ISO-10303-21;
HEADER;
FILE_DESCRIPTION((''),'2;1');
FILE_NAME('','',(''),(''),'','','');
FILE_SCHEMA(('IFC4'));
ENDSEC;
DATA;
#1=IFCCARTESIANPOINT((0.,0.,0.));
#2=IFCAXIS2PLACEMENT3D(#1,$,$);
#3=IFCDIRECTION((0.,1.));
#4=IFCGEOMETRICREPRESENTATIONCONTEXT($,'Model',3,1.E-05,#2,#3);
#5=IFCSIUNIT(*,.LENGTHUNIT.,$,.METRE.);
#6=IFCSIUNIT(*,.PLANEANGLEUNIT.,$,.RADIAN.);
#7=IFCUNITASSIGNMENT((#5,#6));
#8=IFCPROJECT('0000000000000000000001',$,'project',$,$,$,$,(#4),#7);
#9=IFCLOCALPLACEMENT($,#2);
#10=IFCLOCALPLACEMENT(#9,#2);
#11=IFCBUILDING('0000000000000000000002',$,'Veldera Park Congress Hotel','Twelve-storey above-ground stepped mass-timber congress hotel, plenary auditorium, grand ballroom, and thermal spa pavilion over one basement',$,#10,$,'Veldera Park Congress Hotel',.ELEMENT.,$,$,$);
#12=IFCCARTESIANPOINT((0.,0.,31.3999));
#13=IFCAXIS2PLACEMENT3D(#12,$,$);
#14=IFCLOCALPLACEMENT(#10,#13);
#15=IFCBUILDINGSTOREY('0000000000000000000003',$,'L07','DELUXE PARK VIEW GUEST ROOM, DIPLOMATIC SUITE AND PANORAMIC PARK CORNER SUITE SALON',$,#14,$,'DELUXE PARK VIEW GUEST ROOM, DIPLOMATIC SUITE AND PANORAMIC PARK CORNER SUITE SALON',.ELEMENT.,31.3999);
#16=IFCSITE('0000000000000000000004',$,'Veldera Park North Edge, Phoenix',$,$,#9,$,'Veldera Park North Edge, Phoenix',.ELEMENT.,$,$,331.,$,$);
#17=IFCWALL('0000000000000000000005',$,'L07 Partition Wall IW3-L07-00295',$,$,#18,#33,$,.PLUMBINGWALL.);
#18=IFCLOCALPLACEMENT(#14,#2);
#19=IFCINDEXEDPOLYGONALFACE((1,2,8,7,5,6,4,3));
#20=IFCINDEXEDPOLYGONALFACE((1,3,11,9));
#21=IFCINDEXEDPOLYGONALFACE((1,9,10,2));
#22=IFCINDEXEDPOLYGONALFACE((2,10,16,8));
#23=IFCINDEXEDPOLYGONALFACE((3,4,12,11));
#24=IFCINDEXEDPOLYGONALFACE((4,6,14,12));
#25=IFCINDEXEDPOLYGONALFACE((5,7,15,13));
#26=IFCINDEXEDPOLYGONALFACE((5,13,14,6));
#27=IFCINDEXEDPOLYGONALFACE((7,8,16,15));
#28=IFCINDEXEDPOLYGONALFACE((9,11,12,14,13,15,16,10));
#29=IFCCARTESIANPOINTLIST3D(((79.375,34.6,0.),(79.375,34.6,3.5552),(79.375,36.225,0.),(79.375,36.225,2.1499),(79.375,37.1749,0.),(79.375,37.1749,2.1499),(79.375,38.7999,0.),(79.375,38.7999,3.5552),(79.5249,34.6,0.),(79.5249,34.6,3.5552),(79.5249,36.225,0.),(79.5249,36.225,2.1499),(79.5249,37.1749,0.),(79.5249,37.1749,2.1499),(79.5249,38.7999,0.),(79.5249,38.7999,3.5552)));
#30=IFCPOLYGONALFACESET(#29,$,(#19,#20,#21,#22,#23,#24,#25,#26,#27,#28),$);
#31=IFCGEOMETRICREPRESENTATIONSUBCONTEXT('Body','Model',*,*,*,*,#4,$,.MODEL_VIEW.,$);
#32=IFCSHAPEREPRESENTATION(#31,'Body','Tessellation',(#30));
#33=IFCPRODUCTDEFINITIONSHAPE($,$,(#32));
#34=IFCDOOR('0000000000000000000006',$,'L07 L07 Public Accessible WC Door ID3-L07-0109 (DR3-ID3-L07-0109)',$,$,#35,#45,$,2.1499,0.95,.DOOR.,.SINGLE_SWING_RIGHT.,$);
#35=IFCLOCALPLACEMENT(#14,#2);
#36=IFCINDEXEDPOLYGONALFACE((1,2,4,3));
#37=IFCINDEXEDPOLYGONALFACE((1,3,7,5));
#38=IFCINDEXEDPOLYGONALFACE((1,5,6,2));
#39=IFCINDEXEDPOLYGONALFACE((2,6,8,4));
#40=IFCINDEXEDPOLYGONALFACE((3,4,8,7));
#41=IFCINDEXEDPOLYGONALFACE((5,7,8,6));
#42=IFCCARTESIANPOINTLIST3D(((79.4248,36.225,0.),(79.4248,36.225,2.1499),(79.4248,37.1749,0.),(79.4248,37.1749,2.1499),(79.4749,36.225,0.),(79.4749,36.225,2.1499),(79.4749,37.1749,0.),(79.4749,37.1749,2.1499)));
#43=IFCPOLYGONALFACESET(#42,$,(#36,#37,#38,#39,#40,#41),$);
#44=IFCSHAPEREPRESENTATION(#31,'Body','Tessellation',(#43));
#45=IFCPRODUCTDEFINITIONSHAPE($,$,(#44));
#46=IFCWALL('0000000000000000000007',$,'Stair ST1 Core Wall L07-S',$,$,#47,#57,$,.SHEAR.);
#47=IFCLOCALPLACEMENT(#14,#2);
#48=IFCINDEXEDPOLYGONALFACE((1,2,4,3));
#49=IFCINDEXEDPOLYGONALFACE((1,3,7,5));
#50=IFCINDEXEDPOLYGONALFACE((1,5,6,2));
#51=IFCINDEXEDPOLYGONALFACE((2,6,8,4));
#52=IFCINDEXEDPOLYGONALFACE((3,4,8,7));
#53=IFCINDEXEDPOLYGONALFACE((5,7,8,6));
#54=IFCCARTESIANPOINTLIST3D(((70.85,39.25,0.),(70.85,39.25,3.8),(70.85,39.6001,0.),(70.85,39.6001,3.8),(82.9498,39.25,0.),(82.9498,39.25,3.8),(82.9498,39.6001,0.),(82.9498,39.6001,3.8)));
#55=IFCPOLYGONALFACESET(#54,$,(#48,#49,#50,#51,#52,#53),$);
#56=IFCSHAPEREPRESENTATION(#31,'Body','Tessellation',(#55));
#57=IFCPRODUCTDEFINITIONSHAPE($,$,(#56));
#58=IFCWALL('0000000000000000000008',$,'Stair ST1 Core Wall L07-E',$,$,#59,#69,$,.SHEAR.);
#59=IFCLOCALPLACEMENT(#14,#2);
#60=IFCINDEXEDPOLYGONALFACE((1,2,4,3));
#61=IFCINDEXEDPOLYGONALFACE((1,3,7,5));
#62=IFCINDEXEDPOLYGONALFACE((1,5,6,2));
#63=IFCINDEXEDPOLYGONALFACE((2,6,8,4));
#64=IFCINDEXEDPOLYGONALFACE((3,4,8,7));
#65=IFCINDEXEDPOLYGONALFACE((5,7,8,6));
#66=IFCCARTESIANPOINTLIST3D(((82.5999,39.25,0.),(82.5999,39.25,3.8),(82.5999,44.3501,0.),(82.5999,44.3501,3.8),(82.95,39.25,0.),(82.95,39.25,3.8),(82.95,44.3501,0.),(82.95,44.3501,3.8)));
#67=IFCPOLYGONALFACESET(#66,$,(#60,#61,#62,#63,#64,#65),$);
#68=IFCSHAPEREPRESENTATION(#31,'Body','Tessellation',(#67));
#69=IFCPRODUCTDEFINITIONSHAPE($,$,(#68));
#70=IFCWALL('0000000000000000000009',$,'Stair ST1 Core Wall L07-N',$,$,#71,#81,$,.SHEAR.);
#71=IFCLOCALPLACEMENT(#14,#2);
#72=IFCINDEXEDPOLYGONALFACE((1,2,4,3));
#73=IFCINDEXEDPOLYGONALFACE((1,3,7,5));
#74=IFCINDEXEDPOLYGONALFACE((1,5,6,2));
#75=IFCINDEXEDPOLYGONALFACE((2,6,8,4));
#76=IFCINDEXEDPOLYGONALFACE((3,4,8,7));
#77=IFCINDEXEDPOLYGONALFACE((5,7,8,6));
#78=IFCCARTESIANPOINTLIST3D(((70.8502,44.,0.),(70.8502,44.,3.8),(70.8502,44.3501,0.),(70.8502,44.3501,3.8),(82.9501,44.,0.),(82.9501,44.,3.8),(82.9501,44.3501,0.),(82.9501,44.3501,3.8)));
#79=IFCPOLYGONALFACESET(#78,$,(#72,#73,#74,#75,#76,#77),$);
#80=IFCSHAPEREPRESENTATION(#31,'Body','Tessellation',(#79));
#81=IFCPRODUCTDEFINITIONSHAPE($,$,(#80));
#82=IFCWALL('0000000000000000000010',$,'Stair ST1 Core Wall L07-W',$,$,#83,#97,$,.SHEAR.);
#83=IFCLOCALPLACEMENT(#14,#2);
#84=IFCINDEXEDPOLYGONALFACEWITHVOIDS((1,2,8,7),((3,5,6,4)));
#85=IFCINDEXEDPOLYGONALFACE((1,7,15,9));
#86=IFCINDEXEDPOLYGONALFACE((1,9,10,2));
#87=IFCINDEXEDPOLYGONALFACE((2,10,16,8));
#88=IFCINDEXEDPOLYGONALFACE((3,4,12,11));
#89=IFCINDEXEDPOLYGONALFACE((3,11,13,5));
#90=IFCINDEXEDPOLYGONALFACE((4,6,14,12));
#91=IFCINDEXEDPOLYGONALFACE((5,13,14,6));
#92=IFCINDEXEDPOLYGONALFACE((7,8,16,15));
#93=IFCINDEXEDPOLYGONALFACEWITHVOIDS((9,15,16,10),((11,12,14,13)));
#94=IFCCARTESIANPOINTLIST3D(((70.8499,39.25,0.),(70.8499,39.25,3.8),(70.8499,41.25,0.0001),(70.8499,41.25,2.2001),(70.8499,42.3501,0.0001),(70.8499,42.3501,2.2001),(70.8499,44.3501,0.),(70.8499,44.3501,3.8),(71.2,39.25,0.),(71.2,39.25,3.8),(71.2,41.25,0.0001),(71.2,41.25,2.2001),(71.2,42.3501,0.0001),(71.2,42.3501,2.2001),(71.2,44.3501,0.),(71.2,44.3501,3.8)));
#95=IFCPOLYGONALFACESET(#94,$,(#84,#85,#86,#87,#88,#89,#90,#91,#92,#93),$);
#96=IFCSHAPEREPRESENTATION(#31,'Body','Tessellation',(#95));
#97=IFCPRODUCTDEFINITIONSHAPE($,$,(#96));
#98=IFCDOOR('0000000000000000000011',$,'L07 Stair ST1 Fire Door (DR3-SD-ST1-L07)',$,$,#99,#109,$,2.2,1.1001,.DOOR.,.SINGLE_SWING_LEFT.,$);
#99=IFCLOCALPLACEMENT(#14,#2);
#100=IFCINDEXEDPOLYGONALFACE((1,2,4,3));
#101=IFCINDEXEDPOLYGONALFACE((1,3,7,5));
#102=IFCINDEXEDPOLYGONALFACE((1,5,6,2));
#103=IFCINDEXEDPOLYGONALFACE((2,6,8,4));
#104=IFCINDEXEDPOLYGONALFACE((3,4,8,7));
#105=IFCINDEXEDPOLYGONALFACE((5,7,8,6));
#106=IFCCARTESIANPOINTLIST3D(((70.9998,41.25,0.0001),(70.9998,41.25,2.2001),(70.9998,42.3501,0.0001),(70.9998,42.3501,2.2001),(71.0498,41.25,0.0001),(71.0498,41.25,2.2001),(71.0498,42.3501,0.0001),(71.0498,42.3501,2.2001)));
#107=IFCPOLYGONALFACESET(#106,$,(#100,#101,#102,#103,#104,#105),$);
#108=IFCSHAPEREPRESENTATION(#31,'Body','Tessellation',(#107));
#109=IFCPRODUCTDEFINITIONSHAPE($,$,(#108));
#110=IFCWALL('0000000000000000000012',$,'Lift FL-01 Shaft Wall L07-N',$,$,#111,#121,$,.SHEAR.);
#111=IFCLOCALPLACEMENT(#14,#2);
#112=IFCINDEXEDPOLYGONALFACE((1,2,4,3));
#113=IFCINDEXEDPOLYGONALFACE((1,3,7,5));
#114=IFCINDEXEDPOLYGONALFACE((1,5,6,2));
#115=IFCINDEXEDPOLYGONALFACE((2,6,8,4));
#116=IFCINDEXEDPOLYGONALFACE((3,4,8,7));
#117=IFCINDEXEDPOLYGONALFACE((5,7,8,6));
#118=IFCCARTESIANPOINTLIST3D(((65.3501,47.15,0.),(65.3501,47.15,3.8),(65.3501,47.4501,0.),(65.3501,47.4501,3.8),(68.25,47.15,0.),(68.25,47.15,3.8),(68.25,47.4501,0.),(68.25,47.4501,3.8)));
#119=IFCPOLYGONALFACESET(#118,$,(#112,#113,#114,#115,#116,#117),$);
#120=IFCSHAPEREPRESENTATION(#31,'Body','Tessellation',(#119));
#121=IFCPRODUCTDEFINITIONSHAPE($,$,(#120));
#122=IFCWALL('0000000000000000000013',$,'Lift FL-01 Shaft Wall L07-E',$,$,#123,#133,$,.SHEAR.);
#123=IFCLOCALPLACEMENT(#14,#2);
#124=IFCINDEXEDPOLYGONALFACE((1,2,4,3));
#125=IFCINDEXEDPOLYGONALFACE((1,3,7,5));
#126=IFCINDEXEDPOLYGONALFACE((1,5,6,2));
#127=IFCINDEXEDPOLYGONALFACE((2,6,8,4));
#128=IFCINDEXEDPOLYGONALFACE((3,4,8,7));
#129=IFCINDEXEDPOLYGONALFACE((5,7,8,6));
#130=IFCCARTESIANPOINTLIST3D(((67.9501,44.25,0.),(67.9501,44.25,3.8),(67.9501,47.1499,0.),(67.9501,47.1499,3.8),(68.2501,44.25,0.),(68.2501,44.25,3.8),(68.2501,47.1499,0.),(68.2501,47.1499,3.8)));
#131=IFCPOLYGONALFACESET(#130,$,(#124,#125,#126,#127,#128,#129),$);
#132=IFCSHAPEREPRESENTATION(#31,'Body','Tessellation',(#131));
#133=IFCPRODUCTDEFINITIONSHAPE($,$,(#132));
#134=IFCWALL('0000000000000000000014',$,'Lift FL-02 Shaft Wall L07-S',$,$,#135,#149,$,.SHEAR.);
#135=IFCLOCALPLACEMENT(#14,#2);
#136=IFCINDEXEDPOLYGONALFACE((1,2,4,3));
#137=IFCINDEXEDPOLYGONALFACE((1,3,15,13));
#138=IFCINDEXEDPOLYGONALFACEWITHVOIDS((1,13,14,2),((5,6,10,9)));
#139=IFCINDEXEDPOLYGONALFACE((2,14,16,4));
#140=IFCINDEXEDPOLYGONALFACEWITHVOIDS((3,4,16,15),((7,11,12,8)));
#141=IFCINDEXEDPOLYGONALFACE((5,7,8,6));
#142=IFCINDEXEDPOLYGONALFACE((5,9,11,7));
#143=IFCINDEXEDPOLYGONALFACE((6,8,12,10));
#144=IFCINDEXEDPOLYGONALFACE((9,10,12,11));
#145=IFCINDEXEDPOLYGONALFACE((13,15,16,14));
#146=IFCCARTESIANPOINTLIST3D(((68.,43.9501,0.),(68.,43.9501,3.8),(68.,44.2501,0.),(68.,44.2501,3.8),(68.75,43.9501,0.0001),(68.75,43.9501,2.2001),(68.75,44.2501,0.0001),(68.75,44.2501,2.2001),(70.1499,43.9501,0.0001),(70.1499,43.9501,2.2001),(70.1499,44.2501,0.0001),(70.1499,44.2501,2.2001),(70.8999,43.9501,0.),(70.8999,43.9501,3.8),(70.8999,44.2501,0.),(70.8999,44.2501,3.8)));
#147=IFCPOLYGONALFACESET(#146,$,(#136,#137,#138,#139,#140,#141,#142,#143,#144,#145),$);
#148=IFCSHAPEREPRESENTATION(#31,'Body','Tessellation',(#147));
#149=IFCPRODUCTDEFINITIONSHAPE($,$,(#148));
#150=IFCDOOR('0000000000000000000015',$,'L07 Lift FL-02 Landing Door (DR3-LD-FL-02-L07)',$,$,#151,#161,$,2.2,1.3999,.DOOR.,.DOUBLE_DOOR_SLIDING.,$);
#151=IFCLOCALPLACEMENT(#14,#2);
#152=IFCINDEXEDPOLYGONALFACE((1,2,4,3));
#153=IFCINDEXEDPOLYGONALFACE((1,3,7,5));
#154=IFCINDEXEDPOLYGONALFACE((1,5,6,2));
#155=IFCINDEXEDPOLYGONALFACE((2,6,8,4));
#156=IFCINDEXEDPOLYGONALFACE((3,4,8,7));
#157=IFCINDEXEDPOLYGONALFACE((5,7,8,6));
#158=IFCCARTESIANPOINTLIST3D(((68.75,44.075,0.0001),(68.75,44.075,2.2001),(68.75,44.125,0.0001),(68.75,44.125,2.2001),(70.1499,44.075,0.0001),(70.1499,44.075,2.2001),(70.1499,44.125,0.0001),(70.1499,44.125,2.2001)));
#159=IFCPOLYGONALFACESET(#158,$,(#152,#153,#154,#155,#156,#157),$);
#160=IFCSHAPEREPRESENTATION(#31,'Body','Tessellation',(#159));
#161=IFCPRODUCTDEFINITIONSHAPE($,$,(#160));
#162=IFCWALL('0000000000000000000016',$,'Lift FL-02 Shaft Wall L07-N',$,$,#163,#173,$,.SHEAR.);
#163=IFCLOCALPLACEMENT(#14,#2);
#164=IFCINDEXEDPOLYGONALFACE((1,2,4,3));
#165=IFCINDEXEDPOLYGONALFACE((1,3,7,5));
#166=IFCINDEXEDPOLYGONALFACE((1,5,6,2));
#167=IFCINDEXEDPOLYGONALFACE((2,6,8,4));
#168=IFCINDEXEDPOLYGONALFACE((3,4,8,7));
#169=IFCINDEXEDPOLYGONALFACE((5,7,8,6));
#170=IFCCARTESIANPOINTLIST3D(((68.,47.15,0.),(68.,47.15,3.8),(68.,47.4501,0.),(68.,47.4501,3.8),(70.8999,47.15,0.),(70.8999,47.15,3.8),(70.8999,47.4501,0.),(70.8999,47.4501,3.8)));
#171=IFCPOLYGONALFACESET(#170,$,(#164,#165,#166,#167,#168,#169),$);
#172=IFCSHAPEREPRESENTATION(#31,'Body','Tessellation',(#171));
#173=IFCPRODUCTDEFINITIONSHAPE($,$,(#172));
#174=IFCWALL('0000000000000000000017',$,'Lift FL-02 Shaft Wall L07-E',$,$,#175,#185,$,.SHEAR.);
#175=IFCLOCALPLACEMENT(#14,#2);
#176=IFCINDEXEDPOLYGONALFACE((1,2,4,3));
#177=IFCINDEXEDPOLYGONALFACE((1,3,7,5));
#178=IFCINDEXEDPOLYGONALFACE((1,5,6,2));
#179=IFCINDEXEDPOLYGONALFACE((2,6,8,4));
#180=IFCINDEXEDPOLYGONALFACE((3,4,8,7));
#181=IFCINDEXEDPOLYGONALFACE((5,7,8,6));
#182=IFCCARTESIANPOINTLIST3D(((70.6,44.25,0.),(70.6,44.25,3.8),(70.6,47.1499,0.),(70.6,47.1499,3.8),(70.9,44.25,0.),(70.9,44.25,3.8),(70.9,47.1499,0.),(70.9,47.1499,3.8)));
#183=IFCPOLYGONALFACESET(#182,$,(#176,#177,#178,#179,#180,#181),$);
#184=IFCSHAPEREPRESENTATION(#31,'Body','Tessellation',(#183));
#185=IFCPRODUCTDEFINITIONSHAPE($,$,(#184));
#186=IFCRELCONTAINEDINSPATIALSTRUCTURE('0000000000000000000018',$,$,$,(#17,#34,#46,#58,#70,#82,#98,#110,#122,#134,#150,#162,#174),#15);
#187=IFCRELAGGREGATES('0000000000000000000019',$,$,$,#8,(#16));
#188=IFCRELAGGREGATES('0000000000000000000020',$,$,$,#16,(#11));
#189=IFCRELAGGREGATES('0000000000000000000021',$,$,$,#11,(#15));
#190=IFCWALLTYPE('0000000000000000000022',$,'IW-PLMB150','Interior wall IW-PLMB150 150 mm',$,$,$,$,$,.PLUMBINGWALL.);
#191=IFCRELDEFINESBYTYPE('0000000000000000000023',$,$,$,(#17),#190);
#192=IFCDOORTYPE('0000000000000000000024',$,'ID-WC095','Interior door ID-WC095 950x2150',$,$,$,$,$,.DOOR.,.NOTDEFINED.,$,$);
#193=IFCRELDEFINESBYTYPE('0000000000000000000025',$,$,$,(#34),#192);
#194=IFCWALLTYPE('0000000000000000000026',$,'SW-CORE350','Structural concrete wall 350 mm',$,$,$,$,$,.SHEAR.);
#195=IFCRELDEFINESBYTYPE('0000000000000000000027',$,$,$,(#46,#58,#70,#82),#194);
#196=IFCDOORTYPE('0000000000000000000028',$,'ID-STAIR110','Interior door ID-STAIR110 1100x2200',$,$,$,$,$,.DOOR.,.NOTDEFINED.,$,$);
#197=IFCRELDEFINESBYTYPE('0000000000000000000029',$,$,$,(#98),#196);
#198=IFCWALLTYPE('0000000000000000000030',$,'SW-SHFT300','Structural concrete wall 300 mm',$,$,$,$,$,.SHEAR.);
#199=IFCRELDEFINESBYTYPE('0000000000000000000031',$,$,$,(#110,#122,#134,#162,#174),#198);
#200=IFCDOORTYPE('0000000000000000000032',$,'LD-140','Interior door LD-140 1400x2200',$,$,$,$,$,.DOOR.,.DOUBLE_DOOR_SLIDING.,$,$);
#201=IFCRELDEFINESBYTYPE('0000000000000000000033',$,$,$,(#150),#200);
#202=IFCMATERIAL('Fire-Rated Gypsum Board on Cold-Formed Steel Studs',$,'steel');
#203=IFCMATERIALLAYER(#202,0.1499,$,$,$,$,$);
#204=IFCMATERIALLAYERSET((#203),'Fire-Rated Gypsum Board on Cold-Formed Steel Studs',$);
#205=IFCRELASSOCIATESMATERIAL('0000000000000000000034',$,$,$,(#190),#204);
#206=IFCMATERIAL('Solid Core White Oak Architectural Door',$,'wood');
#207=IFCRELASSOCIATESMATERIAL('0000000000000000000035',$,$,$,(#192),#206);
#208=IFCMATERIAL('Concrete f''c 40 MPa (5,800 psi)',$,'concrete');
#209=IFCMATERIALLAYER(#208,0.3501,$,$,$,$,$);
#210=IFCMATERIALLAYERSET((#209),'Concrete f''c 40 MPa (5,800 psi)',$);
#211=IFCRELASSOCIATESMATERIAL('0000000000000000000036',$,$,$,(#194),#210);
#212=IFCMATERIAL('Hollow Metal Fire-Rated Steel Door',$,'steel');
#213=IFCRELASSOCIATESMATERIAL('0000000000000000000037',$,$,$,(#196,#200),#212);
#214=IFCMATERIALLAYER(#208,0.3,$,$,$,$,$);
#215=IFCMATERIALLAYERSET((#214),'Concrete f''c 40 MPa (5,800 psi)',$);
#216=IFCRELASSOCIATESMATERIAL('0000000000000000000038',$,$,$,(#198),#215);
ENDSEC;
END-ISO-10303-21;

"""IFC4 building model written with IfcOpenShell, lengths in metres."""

from ifc_helpers import new_model, si_unit, direction, frame, frame_2d, origin, place, context, subcontext, project, spatial, rectangle, extrude, material, layer, layer_set, type_object, element, fill, save


model = new_model("IFC4")

# Units and contexts
model_context = context("Model", 3, precision=1e-05, world=origin(), true_north=direction((0.0, 1.0)))
body_context = subcontext(model_context, "Body", "Model", "MODEL_VIEW")
ifc_project = project(units=[si_unit("LENGTHUNIT", "METRE"), si_unit("PLANEANGLEUNIT", "RADIAN")], contexts=[model_context])

# Site, building, storey
site_placement = place(None, origin())
site = spatial("IfcSite", under=ifc_project, at=site_placement, Name="Veldera Park North Edge, Phoenix", LongName="Veldera Park North Edge, Phoenix", CompositionType="ELEMENT", RefElevation=331.0)
building_placement = place(site_placement, origin())
building = spatial("IfcBuilding", under=site, at=building_placement, Name="Veldera Park Congress Hotel", Description="Twelve-storey above-ground stepped mass-timber congress hotel, plenary auditorium, grand ballroom, and thermal spa pavilion over one basement", LongName="Veldera Park Congress Hotel", CompositionType="ELEMENT")
storey_placement = place(building_placement, frame((0.0, 0.0, 31.3999)))
storey = spatial("IfcBuildingStorey", under=building, at=storey_placement, Name="L07", Description="DELUXE PARK VIEW GUEST ROOM, DIPLOMATIC SUITE AND PANORAMIC PARK CORNER SUITE SALON", LongName="DELUXE PARK VIEW GUEST ROOM, DIPLOMATIC SUITE AND PANORAMIC PARK CORNER SUITE SALON", CompositionType="ELEMENT", Elevation=31.3999)

# Shared definitions
ifc_material_1 = material(Name="Fire-Rated Gypsum Board on Cold-Formed Steel Studs", Category="steel")
ifc_layer_1 = layer(ifc_material_1, 0.1499)
ifc_layer_set_1 = layer_set([ifc_layer_1], Name="Fire-Rated Gypsum Board on Cold-Formed Steel Studs")
wall_type_1 = type_object("IfcWallType", Name="IW-PLMB150", Description="Interior wall IW-PLMB150 150 mm", PredefinedType="PLUMBINGWALL", material=ifc_layer_set_1)

# Wall, opening, door
wall_1_placement = place(storey_placement, frame((79.45, 38.8, 0.0), z_axis=(0.0, 0.0, 1.0), x_axis=(0.0, -1.0, 0.0)))
wall_1 = element("IfcWall", 1, at=wall_1_placement, inside=storey, type_object=wall_type_1, Name="L07 Partition Wall IW3-L07-00295", PredefinedType="PLUMBINGWALL", context=body_context, shape_type="SweptSolid", body=[
    extrude(rectangle(XDim=4.2, YDim=0.1499, at=frame_2d((2.1001, 0.0))), origin(), (0.0, 0.0, 1.0), 3.5552),
])
opening_1_placement = place(wall_1_placement, frame((1.625, 0.0, 0.0)))
opening_1 = element("IfcOpeningElement", 2, at=opening_1_placement, cuts=wall_1, PredefinedType="OPENING", context=body_context, shape_type="SweptSolid", body=[
    extrude(rectangle(XDim=0.95, YDim=2.1499, at=frame_2d((0.4751, 1.075))), frame((0.0, 0.0869, 0.0), z_axis=(0.0, -1.0, 0.0), x_axis=(1.0, 0.0, 0.0)), (0.0, 0.0, 1.0), 0.1738),
])
ifc_material_2 = material(Name="Solid Core White Oak Architectural Door", Category="wood")
door_type_1 = type_object("IfcDoorType", Name="ID-WC095", Description="Interior door ID-WC095 950x2150", OperationType="NOTDEFINED", PredefinedType="DOOR", material=ifc_material_2)
door_1_placement = place(opening_1_placement, origin())
door_1 = element("IfcDoor", 3, at=door_1_placement, inside=storey, type_object=door_type_1, Name="L07 L07 Public Accessible WC Door ID3-L07-0109 (DR3-ID3-L07-0109)", OperationType="SINGLE_SWING_RIGHT", OverallHeight=2.1499, OverallWidth=0.95, PredefinedType="DOOR", context=body_context, shape_type="SweptSolid", body=[
    extrude(rectangle(XDim=0.95, YDim=2.1499, at=frame_2d((0.4751, 1.075))), frame((0.0, 0.0249, 0.0), z_axis=(0.0, -1.0, 0.0), x_axis=(1.0, 0.0, 0.0)), (0.0, 0.0, 1.0), 0.05),
])
fill(opening_1, door_1)

# Walls
ifc_material_3 = material(Name="Concrete f'c 40 MPa (5,800 psi)", Category="concrete")
ifc_layer_2 = layer(ifc_material_3, 0.3501)
ifc_layer_set_2 = layer_set([ifc_layer_2], Name="Concrete f'c 40 MPa (5,800 psi)")
wall_type_2 = type_object("IfcWallType", Name="SW-CORE350", Description="Structural concrete wall 350 mm", PredefinedType="SHEAR", material=ifc_layer_set_2)
wall_2_placement = place(storey_placement, frame((70.8501, 39.425, 0.0), z_axis=(0.0, 0.0, 1.0), x_axis=(1.0, 0.0, 0.0)))
element("IfcWall", 4, at=wall_2_placement, inside=storey, type_object=wall_type_2, Name="Stair ST1 Core Wall L07-S", PredefinedType="SHEAR", context=body_context, shape_type="SweptSolid", body=[
    extrude(rectangle(XDim=12.0999, YDim=0.3501, at=frame_2d((6.0498, 0.0))), origin(), (0.0, 0.0, 1.0), 3.8),
])
wall_3_placement = place(storey_placement, frame((82.7749, 39.25, 0.0), z_axis=(0.0, 0.0, 1.0), x_axis=(0.0, 1.0, 0.0)))
element("IfcWall", 5, at=wall_3_placement, inside=storey, type_object=wall_type_2, Name="Stair ST1 Core Wall L07-E", PredefinedType="SHEAR", context=body_context, shape_type="SweptSolid", body=[
    extrude(rectangle(XDim=5.1001, YDim=0.3501, at=frame_2d((2.55, 0.0))), origin(), (0.0, 0.0, 1.0), 3.8),
])
wall_4_placement = place(storey_placement, frame((82.95, 44.175, 0.0), z_axis=(0.0, 0.0, 1.0), x_axis=(-1.0, 0.0, 0.0)))
element("IfcWall", 6, at=wall_4_placement, inside=storey, type_object=wall_type_2, Name="Stair ST1 Core Wall L07-N", PredefinedType="SHEAR", context=body_context, shape_type="SweptSolid", body=[
    extrude(rectangle(XDim=12.0999, YDim=0.3501, at=frame_2d((6.0498, 0.0))), origin(), (0.0, 0.0, 1.0), 3.8),
])

# Wall, opening, door
wall_5_placement = place(storey_placement, frame((71.0249, 44.3501, 0.0), z_axis=(0.0, 0.0, 1.0), x_axis=(0.0, -1.0, 0.0)))
wall_5 = element("IfcWall", 7, at=wall_5_placement, inside=storey, type_object=wall_type_2, Name="Stair ST1 Core Wall L07-W", PredefinedType="SHEAR", context=body_context, shape_type="SweptSolid", body=[
    extrude(rectangle(XDim=5.1001, YDim=0.3501, at=frame_2d((2.55, 0.0))), origin(), (0.0, 0.0, 1.0), 3.8),
])
opening_2_placement = place(wall_5_placement, frame((2.0, 0.0, 0.0)))
opening_2 = element("IfcOpeningElement", 8, at=opening_2_placement, cuts=wall_5, PredefinedType="OPENING", context=body_context, shape_type="SweptSolid", body=[
    extrude(rectangle(XDim=1.1001, YDim=2.2, at=frame_2d((0.55, 1.1001))), frame((0.0, 0.187, 0.0), z_axis=(0.0, -1.0, 0.0), x_axis=(1.0, 0.0, 0.0)), (0.0, 0.0, 1.0), 0.374),
])
ifc_material_4 = material(Name="Hollow Metal Fire-Rated Steel Door", Category="steel")
door_type_2 = type_object("IfcDoorType", Name="ID-STAIR110", Description="Interior door ID-STAIR110 1100x2200", OperationType="NOTDEFINED", PredefinedType="DOOR", material=ifc_material_4)
door_2_placement = place(opening_2_placement, origin())
door_2 = element("IfcDoor", 9, at=door_2_placement, inside=storey, type_object=door_type_2, Name="L07 Stair ST1 Fire Door (DR3-SD-ST1-L07)", OperationType="SINGLE_SWING_LEFT", OverallHeight=2.2, OverallWidth=1.1001, PredefinedType="DOOR", context=body_context, shape_type="SweptSolid", body=[
    extrude(rectangle(XDim=1.1001, YDim=2.2, at=frame_2d((0.55, 1.1001))), frame((0.0, 0.0249, 0.0), z_axis=(0.0, -1.0, 0.0), x_axis=(1.0, 0.0, 0.0)), (0.0, 0.0, 1.0), 0.05),
])
fill(opening_2, door_2)

# Walls
ifc_layer_3 = layer(ifc_material_3, 0.3)
ifc_layer_set_3 = layer_set([ifc_layer_3], Name="Concrete f'c 40 MPa (5,800 psi)")
wall_type_3 = type_object("IfcWallType", Name="SW-SHFT300", Description="Structural concrete wall 300 mm", PredefinedType="SHEAR", material=ifc_layer_set_3)
for number, where, z_axis, x_axis, name in (
    (10, (68.25, 47.3, 0.0), (0.0, 0.0, 1.0), (-1.0, 0.0, 0.0), "Lift FL-01 Shaft Wall L07-N"),
    (11, (68.1001, 44.25, 0.0), (0.0, 0.0, 1.0), (0.0, 1.0, 0.0), "Lift FL-01 Shaft Wall L07-E"),
):
    element("IfcWall", number, at=place(storey_placement, frame(where, z_axis=z_axis, x_axis=x_axis)), inside=storey, type_object=wall_type_3, Name=name, PredefinedType="SHEAR", context=body_context, shape_type="SweptSolid", body=[
        extrude(rectangle(XDim=2.8999, YDim=0.3, at=frame_2d((1.45, 0.0))), origin(), (0.0, 0.0, 1.0), 3.8),
    ])

# Wall, opening, door
wall_6_placement = place(storey_placement, frame((68.0, 44.1001, 0.0), z_axis=(0.0, 0.0, 1.0), x_axis=(1.0, 0.0, 0.0)))
wall_6 = element("IfcWall", 12, at=wall_6_placement, inside=storey, type_object=wall_type_3, Name="Lift FL-02 Shaft Wall L07-S", PredefinedType="SHEAR", context=body_context, shape_type="SweptSolid", body=[
    extrude(rectangle(XDim=2.8999, YDim=0.3, at=frame_2d((1.45, 0.0))), origin(), (0.0, 0.0, 1.0), 3.8),
])
opening_3_placement = place(wall_6_placement, frame((0.75, 0.0, 0.0)))
opening_3 = element("IfcOpeningElement", 13, at=opening_3_placement, cuts=wall_6, PredefinedType="OPENING", context=body_context, shape_type="SweptSolid", body=[
    extrude(rectangle(XDim=1.3999, YDim=2.2, at=frame_2d((0.7, 1.1001))), frame((0.0, 0.1621, 0.0), z_axis=(0.0, -1.0, 0.0), x_axis=(1.0, 0.0, 0.0)), (0.0, 0.0, 1.0), 0.324),
])
door_type_3 = type_object("IfcDoorType", Name="LD-140", Description="Interior door LD-140 1400x2200", OperationType="DOUBLE_DOOR_SLIDING", PredefinedType="DOOR", material=ifc_material_4)
door_3_placement = place(opening_3_placement, origin())
door_3 = element("IfcDoor", 14, at=door_3_placement, inside=storey, type_object=door_type_3, Name="L07 Lift FL-02 Landing Door (DR3-LD-FL-02-L07)", OperationType="DOUBLE_DOOR_SLIDING", OverallHeight=2.2, OverallWidth=1.3999, PredefinedType="DOOR", context=body_context, shape_type="SweptSolid", body=[
    extrude(rectangle(XDim=1.3999, YDim=2.2, at=frame_2d((0.7, 1.1001))), frame((0.0, 0.0249, 0.0), z_axis=(0.0, -1.0, 0.0), x_axis=(1.0, 0.0, 0.0)), (0.0, 0.0, 1.0), 0.05),
])
fill(opening_3, door_3)

# Walls
for number, where, z_axis, x_axis, name in (
    (15, (70.8999, 47.3, 0.0), (0.0, 0.0, 1.0), (-1.0, 0.0, 0.0), "Lift FL-02 Shaft Wall L07-N"),
    (16, (70.75, 44.25, 0.0), (0.0, 0.0, 1.0), (0.0, 1.0, 0.0), "Lift FL-02 Shaft Wall L07-E"),
):
    element("IfcWall", number, at=place(storey_placement, frame(where, z_axis=z_axis, x_axis=x_axis)), inside=storey, type_object=wall_type_3, Name=name, PredefinedType="SHEAR", context=body_context, shape_type="SweptSolid", body=[
        extrude(rectangle(XDim=2.8999, YDim=0.3, at=frame_2d((1.45, 0.0))), origin(), (0.0, 0.0, 1.0), 3.8),
    ])

save(model, "model.ifc")
